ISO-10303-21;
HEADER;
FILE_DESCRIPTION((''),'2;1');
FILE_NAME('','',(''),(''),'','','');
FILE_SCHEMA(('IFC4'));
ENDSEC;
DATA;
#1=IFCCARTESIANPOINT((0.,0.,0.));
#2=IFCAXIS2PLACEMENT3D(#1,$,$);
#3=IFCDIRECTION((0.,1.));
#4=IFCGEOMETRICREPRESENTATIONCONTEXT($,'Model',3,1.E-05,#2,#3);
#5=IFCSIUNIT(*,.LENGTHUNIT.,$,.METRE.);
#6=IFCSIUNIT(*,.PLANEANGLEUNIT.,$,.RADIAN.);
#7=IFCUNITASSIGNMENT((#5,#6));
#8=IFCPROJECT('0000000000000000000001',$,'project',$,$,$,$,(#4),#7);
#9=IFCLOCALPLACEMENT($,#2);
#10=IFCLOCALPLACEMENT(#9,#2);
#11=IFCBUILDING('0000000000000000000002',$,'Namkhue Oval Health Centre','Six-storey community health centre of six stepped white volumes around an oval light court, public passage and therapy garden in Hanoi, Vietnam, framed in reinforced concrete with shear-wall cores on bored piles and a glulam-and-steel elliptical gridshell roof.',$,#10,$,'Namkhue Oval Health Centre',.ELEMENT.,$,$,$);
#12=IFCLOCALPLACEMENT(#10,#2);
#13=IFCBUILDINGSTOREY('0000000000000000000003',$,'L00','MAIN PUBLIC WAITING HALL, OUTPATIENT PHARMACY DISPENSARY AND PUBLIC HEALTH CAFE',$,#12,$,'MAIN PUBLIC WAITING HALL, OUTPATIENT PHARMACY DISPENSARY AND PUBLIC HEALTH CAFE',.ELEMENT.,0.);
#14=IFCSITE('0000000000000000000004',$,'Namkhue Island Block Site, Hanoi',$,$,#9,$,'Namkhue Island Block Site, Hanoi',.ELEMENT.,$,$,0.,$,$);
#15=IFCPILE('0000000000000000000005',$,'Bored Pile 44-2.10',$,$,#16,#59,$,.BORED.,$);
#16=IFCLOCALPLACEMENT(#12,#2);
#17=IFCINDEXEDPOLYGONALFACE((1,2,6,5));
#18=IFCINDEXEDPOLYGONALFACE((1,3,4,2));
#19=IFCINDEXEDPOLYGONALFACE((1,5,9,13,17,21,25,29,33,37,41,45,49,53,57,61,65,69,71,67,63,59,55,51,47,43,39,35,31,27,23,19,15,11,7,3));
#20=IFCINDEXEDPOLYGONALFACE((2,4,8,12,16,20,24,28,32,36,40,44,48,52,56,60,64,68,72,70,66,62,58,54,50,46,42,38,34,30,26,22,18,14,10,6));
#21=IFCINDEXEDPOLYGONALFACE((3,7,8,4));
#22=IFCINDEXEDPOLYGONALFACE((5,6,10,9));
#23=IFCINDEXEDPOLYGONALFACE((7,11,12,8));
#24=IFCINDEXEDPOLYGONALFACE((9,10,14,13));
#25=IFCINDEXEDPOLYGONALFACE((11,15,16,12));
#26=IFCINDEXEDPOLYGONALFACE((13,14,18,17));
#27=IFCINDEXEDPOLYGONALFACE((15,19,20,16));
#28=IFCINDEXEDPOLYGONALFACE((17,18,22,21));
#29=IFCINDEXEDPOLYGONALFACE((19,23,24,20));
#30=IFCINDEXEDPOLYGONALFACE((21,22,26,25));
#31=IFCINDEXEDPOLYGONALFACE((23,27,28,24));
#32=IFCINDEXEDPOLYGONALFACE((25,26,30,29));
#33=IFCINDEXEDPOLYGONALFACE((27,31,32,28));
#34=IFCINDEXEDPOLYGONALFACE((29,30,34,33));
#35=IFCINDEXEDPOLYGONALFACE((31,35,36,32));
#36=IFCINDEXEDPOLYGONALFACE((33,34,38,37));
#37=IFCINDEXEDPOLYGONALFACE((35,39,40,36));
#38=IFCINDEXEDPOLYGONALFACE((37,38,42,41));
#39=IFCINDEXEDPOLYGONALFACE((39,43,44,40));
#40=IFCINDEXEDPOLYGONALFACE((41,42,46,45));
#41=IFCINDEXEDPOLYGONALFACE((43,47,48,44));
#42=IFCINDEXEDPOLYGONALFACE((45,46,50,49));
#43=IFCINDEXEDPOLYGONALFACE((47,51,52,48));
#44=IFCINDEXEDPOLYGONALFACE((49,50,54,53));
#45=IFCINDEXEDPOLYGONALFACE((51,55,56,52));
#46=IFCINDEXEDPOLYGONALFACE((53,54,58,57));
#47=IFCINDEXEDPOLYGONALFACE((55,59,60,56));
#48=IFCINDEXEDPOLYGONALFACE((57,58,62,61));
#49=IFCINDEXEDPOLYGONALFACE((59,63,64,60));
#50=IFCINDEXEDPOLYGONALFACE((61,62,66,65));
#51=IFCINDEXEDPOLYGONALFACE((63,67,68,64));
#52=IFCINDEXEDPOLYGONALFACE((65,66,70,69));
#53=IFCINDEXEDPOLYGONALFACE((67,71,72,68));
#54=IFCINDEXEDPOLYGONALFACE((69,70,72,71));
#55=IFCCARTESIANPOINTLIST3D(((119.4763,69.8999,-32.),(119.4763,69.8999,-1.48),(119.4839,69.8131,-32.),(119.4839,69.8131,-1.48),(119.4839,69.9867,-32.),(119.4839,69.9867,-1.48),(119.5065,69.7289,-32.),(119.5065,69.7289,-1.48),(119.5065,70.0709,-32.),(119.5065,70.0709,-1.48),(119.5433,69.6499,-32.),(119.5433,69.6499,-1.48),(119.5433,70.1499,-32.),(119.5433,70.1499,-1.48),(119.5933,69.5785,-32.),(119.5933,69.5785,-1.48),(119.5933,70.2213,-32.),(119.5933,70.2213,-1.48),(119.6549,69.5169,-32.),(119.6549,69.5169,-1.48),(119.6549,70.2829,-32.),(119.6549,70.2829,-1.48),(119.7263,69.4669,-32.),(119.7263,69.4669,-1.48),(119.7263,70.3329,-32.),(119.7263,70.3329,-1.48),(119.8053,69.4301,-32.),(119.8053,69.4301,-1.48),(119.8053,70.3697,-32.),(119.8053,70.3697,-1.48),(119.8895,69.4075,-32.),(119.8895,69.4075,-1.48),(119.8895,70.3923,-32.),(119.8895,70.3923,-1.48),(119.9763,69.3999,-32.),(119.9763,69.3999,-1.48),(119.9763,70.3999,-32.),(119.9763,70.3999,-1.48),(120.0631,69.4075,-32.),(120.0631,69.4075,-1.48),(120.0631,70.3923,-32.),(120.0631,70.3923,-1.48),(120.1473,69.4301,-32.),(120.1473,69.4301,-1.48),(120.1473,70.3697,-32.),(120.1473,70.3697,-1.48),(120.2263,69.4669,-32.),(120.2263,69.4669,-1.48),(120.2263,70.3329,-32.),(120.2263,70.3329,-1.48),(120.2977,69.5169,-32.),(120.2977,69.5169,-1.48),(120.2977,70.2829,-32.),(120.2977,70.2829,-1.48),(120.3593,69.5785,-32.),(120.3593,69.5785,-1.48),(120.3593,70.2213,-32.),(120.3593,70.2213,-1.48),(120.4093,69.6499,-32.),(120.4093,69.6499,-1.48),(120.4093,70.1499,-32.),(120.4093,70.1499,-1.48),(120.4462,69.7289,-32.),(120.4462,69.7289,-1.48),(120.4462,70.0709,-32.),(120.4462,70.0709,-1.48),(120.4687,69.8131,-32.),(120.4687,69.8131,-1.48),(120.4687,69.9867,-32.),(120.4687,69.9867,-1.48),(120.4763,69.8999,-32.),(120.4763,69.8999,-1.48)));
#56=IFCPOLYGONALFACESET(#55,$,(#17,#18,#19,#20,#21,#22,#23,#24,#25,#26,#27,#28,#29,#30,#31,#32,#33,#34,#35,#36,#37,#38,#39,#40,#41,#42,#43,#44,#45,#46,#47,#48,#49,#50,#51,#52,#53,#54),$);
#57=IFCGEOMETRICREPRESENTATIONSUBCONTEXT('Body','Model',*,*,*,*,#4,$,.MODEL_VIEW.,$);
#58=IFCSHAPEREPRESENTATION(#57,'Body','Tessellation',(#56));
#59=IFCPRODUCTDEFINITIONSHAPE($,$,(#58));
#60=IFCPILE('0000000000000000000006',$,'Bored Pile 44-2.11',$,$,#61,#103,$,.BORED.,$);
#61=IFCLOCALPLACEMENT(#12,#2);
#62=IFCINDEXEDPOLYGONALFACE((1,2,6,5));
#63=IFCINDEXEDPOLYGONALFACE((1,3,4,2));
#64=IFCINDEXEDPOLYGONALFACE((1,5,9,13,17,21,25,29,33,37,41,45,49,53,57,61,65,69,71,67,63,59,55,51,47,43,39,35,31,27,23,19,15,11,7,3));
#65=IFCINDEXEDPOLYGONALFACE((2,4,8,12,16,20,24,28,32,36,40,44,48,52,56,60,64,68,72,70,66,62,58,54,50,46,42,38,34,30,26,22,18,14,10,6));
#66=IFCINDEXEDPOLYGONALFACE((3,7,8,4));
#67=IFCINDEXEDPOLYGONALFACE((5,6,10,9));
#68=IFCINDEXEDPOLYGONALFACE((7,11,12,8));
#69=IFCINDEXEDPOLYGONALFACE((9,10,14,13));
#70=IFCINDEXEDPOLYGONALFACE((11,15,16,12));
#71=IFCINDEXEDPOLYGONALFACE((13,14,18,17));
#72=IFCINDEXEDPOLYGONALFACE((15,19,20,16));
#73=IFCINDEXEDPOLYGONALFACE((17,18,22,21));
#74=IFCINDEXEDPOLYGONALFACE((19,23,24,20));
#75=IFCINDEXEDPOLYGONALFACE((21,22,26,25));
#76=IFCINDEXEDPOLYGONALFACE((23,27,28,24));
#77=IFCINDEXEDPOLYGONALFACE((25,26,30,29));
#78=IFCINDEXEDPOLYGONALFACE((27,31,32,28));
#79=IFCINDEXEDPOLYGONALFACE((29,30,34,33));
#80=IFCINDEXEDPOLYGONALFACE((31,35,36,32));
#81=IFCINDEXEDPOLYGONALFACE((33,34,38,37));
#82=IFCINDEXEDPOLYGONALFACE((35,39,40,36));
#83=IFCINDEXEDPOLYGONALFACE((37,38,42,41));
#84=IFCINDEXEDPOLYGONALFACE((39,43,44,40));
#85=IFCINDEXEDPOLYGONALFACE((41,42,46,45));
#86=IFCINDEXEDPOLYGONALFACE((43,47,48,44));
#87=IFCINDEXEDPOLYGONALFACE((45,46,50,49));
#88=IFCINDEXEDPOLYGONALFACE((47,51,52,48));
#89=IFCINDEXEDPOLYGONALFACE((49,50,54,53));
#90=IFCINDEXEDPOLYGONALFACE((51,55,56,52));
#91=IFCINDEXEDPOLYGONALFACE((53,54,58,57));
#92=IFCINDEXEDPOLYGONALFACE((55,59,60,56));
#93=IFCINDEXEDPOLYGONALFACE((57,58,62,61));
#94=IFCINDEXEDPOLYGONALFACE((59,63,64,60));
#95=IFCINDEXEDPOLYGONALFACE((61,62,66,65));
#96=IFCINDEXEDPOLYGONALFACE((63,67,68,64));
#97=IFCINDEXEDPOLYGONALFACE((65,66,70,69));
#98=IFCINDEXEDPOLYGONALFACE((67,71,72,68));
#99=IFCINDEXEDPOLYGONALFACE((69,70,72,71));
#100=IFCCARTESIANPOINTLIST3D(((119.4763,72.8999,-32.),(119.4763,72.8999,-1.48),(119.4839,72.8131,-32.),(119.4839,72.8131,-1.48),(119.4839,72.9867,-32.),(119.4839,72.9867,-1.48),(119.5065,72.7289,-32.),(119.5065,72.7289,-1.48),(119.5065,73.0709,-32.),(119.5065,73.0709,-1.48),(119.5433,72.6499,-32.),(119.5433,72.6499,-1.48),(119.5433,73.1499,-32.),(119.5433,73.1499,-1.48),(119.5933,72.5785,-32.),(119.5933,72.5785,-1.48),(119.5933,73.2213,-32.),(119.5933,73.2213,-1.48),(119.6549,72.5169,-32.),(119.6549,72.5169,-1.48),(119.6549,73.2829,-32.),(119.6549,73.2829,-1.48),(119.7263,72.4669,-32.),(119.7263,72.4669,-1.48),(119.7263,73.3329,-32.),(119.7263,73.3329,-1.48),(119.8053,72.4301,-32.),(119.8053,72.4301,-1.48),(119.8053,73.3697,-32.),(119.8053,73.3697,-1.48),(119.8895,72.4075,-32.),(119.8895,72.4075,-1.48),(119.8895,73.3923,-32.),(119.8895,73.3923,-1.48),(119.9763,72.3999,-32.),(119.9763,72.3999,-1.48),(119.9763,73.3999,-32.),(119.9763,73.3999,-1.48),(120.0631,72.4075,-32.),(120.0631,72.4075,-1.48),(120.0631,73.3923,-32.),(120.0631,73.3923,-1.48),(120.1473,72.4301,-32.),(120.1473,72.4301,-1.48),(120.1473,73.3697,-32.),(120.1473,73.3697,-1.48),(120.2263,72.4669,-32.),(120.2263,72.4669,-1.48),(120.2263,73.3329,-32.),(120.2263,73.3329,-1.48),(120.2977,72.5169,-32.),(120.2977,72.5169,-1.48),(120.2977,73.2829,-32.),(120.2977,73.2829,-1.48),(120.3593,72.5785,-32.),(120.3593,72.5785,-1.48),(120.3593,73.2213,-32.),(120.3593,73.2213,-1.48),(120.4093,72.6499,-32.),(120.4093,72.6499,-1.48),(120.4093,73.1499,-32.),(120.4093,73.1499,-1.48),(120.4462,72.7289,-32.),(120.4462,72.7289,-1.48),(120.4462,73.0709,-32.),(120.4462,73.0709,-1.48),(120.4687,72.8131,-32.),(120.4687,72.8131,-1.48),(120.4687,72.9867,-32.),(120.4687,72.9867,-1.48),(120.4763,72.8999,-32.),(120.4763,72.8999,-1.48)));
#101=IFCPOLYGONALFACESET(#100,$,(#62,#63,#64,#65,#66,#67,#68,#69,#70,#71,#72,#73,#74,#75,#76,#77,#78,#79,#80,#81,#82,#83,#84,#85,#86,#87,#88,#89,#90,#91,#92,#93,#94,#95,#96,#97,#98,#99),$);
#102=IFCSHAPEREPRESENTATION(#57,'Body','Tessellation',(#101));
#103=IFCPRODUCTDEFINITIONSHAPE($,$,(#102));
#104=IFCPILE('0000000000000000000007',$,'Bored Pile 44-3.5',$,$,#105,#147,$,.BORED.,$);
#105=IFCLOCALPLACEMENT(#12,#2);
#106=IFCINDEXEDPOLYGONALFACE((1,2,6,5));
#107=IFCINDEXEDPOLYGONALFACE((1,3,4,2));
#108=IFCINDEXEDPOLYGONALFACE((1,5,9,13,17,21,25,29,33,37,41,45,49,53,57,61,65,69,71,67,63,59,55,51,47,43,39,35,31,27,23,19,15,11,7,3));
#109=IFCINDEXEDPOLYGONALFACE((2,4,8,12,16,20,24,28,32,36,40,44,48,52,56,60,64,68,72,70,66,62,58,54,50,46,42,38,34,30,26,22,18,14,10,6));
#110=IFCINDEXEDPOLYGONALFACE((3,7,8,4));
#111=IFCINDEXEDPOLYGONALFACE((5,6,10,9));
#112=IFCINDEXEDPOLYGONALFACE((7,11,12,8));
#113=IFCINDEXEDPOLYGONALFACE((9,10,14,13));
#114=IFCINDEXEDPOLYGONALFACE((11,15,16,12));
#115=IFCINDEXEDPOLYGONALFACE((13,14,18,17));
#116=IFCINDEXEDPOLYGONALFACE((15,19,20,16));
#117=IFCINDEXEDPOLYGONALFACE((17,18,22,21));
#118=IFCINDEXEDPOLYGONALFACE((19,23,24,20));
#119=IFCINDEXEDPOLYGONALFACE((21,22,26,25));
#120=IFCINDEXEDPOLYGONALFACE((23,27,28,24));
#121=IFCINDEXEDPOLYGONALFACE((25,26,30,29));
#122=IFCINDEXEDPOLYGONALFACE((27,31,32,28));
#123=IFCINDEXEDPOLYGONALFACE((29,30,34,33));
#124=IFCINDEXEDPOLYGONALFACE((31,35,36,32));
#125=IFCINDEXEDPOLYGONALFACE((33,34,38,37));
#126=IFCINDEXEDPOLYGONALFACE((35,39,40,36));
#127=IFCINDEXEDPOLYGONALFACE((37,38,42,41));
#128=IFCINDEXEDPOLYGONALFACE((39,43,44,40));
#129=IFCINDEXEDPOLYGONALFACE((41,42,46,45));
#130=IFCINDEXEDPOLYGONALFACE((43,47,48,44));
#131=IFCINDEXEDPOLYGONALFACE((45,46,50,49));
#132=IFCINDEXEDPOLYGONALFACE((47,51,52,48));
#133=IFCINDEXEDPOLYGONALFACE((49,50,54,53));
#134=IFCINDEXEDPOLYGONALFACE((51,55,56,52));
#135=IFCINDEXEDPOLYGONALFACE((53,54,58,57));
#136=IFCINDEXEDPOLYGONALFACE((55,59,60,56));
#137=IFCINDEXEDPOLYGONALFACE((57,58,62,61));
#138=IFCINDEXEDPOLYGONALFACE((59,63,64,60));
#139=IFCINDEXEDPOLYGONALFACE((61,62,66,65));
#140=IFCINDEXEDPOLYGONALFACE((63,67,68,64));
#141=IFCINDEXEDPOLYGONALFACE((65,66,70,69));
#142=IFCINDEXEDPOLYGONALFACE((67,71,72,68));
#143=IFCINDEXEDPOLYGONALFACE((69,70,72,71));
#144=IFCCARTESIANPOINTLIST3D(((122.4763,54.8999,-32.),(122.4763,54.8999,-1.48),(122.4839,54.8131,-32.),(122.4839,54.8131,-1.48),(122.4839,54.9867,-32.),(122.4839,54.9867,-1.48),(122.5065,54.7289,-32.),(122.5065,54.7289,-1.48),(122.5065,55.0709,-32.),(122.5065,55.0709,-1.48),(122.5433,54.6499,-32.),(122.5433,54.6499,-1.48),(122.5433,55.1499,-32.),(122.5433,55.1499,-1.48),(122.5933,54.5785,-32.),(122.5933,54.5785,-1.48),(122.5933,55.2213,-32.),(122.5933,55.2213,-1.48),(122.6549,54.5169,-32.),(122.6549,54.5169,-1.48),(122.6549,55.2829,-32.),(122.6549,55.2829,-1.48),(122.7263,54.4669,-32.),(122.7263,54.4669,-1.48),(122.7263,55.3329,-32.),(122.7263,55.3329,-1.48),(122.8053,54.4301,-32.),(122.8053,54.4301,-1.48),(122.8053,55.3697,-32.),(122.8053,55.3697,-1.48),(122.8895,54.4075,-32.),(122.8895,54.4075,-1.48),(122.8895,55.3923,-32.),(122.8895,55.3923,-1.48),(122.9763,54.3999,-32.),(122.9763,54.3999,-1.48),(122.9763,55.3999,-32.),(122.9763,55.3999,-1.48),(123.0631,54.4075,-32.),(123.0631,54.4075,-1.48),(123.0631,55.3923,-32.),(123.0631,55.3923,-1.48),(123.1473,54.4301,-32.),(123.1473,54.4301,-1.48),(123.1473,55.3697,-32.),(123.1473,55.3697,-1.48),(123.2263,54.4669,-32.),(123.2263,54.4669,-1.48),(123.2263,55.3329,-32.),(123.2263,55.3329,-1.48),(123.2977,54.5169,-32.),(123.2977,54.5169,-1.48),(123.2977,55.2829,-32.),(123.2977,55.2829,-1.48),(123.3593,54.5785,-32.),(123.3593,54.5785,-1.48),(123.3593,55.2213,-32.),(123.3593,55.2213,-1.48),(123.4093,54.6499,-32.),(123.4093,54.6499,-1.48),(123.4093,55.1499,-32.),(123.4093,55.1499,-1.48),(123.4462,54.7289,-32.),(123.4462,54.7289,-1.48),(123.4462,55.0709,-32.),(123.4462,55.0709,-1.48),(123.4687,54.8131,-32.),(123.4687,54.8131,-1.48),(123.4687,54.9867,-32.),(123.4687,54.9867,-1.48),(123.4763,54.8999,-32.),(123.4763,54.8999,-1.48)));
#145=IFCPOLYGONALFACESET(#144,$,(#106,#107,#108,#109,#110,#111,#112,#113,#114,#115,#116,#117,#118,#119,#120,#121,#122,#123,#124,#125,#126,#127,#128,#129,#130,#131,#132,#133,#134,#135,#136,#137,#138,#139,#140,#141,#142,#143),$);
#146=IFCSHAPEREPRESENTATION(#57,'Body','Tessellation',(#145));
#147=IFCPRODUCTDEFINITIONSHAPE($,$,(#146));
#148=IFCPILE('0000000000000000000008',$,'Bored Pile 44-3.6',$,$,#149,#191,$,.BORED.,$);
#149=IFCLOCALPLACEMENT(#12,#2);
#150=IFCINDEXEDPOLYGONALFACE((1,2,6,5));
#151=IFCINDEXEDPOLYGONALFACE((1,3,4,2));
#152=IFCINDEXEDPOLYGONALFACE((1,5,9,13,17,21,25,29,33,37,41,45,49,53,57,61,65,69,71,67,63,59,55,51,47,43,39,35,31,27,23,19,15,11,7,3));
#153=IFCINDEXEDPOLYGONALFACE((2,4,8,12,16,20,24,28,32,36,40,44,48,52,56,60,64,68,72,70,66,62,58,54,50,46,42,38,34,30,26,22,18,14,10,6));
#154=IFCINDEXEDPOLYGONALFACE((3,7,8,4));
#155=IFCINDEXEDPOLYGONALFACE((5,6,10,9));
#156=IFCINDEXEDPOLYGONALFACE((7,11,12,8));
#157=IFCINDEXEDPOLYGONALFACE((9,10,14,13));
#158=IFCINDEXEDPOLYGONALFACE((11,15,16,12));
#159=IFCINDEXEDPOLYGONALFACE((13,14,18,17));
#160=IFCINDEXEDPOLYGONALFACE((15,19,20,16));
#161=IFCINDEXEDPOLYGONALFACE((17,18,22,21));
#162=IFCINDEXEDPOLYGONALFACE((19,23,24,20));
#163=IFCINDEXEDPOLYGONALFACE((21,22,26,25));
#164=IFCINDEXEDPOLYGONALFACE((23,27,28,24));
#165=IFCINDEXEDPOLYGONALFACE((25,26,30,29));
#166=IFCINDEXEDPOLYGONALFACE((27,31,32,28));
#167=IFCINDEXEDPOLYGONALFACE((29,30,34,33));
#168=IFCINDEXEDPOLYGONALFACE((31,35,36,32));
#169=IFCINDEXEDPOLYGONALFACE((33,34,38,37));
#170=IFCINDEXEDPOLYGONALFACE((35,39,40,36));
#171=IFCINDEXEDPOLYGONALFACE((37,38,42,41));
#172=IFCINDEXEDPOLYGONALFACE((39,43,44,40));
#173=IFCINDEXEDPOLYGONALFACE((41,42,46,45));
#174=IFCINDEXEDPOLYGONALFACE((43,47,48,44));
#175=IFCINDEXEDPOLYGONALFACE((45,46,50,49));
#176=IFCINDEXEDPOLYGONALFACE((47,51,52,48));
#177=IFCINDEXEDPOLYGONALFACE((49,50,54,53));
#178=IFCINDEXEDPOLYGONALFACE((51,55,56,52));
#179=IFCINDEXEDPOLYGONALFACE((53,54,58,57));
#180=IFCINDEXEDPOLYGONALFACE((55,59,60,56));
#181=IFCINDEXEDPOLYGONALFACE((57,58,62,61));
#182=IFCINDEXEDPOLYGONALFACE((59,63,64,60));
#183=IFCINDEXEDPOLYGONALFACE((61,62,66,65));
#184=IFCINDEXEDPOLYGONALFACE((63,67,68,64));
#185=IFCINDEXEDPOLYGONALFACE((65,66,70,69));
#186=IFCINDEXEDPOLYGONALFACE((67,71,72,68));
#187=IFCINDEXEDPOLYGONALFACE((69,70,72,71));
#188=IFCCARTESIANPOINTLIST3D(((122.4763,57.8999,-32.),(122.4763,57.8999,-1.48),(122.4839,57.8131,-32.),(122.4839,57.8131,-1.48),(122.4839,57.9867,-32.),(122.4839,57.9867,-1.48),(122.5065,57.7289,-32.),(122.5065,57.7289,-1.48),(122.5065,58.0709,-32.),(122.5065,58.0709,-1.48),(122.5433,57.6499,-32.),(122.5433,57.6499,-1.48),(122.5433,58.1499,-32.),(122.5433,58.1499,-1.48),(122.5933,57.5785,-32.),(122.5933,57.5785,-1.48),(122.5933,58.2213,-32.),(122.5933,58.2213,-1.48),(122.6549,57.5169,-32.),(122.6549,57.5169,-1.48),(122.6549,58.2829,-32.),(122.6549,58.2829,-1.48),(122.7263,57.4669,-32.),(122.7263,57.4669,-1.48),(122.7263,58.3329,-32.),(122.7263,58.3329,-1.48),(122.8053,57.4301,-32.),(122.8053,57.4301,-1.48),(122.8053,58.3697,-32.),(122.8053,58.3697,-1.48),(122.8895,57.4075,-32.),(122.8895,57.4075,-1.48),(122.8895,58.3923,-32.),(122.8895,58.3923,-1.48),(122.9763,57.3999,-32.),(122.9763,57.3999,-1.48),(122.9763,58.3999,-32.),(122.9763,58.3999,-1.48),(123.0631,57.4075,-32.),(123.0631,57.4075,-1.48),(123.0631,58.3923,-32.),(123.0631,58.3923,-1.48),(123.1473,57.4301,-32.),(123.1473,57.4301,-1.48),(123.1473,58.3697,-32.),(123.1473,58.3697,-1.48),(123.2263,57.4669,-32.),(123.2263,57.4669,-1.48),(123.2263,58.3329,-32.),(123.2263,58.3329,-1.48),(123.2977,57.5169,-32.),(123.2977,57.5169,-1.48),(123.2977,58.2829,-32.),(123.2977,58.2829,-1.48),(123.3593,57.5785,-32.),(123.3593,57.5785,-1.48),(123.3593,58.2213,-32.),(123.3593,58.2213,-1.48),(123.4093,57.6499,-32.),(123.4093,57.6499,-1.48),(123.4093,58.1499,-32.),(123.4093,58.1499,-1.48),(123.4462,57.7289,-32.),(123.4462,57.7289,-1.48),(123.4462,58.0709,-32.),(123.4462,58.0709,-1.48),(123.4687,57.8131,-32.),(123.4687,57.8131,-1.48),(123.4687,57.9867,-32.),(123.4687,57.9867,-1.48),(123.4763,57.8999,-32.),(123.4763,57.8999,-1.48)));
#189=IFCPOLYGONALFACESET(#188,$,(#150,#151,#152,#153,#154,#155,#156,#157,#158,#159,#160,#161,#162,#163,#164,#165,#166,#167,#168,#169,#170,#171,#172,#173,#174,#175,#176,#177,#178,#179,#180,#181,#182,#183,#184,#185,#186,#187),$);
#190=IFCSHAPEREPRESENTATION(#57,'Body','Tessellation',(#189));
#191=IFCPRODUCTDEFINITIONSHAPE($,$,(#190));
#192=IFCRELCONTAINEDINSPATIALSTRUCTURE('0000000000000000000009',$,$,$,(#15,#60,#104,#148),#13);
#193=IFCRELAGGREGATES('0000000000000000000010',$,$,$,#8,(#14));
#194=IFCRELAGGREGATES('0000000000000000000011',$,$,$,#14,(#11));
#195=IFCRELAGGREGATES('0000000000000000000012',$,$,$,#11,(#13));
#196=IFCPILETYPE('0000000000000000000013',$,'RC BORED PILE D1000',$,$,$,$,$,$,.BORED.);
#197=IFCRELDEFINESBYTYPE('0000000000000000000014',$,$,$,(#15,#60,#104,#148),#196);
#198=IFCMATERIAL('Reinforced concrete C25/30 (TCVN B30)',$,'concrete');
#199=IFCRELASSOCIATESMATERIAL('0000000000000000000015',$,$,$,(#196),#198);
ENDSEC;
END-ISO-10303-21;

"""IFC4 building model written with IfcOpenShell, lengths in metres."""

from ifc_helpers import new_model, si_unit, direction, frame, origin, origin_2d, place, context, subcontext, project, spatial, circle, extrude, material, material_profile, profile_set, type_object, element, save


model = new_model("IFC4")

# Units and contexts
model_context = context("Model", 3, precision=1e-05, world=origin(), true_north=direction((0.0, 1.0)))
body_context = subcontext(model_context, "Body", "Model", "MODEL_VIEW")
ifc_project = project(units=[si_unit("LENGTHUNIT", "METRE"), si_unit("PLANEANGLEUNIT", "RADIAN")], contexts=[model_context])

# Site, building, storey
site_placement = place(None, origin())
site = spatial("IfcSite", under=ifc_project, at=site_placement, Name="Namkhue Island Block Site, Hanoi", LongName="Namkhue Island Block Site, Hanoi", CompositionType="ELEMENT", RefElevation=0.0)
building_placement = place(site_placement, origin())
building = spatial("IfcBuilding", under=site, at=building_placement, Name="Namkhue Oval Health Centre", Description="Six-storey community health centre of six stepped white volumes around an oval light court, public passage and therapy garden in Hanoi, Vietnam, framed in reinforced concrete with shear-wall cores on bored piles and a glulam-and-steel elliptical gridshell roof.", LongName="Namkhue Oval Health Centre", CompositionType="ELEMENT")
storey_placement = place(building_placement, origin())
storey = spatial("IfcBuildingStorey", under=building, at=storey_placement, Name="L00", Description="MAIN PUBLIC WAITING HALL, OUTPATIENT PHARMACY DISPENSARY AND PUBLIC HEALTH CAFE", LongName="MAIN PUBLIC WAITING HALL, OUTPATIENT PHARMACY DISPENSARY AND PUBLIC HEALTH CAFE", CompositionType="ELEMENT", Elevation=0.0)

# Piles
ifc_material_1 = material(Name="Reinforced concrete C25/30 (TCVN B30)", Category="concrete")
ifc_material_profile_1 = material_profile(ifc_material_1, circle(Radius=0.5, at=origin_2d()), Name="BORED PILE D1000")
ifc_profile_set_1 = profile_set([ifc_material_profile_1], Name="Reinforced concrete C25/30 (TCVN B30)")
pile_type = type_object("IfcPileType", Name="RC BORED PILE D1000", PredefinedType="BORED", material=ifc_profile_set_1)
for number, where, z_axis, x_axis, name in (
    (1, (119.9763, 69.8999, -1.48), (0.0, 0.0, -1.0), (1.0, 0.0, 0.0), "Bored Pile 44-2.10"),
    (2, (119.9763, 72.8999, -1.48), (0.0, 0.0, -1.0), (1.0, 0.0, 0.0), "Bored Pile 44-2.11"),
    (3, (122.9763, 54.8999, -1.48), (0.0, 0.0, -1.0), (1.0, 0.0, 0.0), "Bored Pile 44-3.5"),
    (4, (122.9763, 57.8999, -1.48), (0.0, 0.0, -1.0), (1.0, 0.0, 0.0), "Bored Pile 44-3.6"),
):
    element("IfcPile", number, at=place(storey_placement, frame(where, z_axis=z_axis, x_axis=x_axis)), inside=storey, type_object=pile_type, Name=name, PredefinedType="BORED", context=body_context, shape_type="SweptSolid", body=[
        extrude(circle(Radius=0.5, at=origin_2d()), origin(), (0.0, 0.0, 1.0), 30.52),
    ])

save(model, "model.ifc")
